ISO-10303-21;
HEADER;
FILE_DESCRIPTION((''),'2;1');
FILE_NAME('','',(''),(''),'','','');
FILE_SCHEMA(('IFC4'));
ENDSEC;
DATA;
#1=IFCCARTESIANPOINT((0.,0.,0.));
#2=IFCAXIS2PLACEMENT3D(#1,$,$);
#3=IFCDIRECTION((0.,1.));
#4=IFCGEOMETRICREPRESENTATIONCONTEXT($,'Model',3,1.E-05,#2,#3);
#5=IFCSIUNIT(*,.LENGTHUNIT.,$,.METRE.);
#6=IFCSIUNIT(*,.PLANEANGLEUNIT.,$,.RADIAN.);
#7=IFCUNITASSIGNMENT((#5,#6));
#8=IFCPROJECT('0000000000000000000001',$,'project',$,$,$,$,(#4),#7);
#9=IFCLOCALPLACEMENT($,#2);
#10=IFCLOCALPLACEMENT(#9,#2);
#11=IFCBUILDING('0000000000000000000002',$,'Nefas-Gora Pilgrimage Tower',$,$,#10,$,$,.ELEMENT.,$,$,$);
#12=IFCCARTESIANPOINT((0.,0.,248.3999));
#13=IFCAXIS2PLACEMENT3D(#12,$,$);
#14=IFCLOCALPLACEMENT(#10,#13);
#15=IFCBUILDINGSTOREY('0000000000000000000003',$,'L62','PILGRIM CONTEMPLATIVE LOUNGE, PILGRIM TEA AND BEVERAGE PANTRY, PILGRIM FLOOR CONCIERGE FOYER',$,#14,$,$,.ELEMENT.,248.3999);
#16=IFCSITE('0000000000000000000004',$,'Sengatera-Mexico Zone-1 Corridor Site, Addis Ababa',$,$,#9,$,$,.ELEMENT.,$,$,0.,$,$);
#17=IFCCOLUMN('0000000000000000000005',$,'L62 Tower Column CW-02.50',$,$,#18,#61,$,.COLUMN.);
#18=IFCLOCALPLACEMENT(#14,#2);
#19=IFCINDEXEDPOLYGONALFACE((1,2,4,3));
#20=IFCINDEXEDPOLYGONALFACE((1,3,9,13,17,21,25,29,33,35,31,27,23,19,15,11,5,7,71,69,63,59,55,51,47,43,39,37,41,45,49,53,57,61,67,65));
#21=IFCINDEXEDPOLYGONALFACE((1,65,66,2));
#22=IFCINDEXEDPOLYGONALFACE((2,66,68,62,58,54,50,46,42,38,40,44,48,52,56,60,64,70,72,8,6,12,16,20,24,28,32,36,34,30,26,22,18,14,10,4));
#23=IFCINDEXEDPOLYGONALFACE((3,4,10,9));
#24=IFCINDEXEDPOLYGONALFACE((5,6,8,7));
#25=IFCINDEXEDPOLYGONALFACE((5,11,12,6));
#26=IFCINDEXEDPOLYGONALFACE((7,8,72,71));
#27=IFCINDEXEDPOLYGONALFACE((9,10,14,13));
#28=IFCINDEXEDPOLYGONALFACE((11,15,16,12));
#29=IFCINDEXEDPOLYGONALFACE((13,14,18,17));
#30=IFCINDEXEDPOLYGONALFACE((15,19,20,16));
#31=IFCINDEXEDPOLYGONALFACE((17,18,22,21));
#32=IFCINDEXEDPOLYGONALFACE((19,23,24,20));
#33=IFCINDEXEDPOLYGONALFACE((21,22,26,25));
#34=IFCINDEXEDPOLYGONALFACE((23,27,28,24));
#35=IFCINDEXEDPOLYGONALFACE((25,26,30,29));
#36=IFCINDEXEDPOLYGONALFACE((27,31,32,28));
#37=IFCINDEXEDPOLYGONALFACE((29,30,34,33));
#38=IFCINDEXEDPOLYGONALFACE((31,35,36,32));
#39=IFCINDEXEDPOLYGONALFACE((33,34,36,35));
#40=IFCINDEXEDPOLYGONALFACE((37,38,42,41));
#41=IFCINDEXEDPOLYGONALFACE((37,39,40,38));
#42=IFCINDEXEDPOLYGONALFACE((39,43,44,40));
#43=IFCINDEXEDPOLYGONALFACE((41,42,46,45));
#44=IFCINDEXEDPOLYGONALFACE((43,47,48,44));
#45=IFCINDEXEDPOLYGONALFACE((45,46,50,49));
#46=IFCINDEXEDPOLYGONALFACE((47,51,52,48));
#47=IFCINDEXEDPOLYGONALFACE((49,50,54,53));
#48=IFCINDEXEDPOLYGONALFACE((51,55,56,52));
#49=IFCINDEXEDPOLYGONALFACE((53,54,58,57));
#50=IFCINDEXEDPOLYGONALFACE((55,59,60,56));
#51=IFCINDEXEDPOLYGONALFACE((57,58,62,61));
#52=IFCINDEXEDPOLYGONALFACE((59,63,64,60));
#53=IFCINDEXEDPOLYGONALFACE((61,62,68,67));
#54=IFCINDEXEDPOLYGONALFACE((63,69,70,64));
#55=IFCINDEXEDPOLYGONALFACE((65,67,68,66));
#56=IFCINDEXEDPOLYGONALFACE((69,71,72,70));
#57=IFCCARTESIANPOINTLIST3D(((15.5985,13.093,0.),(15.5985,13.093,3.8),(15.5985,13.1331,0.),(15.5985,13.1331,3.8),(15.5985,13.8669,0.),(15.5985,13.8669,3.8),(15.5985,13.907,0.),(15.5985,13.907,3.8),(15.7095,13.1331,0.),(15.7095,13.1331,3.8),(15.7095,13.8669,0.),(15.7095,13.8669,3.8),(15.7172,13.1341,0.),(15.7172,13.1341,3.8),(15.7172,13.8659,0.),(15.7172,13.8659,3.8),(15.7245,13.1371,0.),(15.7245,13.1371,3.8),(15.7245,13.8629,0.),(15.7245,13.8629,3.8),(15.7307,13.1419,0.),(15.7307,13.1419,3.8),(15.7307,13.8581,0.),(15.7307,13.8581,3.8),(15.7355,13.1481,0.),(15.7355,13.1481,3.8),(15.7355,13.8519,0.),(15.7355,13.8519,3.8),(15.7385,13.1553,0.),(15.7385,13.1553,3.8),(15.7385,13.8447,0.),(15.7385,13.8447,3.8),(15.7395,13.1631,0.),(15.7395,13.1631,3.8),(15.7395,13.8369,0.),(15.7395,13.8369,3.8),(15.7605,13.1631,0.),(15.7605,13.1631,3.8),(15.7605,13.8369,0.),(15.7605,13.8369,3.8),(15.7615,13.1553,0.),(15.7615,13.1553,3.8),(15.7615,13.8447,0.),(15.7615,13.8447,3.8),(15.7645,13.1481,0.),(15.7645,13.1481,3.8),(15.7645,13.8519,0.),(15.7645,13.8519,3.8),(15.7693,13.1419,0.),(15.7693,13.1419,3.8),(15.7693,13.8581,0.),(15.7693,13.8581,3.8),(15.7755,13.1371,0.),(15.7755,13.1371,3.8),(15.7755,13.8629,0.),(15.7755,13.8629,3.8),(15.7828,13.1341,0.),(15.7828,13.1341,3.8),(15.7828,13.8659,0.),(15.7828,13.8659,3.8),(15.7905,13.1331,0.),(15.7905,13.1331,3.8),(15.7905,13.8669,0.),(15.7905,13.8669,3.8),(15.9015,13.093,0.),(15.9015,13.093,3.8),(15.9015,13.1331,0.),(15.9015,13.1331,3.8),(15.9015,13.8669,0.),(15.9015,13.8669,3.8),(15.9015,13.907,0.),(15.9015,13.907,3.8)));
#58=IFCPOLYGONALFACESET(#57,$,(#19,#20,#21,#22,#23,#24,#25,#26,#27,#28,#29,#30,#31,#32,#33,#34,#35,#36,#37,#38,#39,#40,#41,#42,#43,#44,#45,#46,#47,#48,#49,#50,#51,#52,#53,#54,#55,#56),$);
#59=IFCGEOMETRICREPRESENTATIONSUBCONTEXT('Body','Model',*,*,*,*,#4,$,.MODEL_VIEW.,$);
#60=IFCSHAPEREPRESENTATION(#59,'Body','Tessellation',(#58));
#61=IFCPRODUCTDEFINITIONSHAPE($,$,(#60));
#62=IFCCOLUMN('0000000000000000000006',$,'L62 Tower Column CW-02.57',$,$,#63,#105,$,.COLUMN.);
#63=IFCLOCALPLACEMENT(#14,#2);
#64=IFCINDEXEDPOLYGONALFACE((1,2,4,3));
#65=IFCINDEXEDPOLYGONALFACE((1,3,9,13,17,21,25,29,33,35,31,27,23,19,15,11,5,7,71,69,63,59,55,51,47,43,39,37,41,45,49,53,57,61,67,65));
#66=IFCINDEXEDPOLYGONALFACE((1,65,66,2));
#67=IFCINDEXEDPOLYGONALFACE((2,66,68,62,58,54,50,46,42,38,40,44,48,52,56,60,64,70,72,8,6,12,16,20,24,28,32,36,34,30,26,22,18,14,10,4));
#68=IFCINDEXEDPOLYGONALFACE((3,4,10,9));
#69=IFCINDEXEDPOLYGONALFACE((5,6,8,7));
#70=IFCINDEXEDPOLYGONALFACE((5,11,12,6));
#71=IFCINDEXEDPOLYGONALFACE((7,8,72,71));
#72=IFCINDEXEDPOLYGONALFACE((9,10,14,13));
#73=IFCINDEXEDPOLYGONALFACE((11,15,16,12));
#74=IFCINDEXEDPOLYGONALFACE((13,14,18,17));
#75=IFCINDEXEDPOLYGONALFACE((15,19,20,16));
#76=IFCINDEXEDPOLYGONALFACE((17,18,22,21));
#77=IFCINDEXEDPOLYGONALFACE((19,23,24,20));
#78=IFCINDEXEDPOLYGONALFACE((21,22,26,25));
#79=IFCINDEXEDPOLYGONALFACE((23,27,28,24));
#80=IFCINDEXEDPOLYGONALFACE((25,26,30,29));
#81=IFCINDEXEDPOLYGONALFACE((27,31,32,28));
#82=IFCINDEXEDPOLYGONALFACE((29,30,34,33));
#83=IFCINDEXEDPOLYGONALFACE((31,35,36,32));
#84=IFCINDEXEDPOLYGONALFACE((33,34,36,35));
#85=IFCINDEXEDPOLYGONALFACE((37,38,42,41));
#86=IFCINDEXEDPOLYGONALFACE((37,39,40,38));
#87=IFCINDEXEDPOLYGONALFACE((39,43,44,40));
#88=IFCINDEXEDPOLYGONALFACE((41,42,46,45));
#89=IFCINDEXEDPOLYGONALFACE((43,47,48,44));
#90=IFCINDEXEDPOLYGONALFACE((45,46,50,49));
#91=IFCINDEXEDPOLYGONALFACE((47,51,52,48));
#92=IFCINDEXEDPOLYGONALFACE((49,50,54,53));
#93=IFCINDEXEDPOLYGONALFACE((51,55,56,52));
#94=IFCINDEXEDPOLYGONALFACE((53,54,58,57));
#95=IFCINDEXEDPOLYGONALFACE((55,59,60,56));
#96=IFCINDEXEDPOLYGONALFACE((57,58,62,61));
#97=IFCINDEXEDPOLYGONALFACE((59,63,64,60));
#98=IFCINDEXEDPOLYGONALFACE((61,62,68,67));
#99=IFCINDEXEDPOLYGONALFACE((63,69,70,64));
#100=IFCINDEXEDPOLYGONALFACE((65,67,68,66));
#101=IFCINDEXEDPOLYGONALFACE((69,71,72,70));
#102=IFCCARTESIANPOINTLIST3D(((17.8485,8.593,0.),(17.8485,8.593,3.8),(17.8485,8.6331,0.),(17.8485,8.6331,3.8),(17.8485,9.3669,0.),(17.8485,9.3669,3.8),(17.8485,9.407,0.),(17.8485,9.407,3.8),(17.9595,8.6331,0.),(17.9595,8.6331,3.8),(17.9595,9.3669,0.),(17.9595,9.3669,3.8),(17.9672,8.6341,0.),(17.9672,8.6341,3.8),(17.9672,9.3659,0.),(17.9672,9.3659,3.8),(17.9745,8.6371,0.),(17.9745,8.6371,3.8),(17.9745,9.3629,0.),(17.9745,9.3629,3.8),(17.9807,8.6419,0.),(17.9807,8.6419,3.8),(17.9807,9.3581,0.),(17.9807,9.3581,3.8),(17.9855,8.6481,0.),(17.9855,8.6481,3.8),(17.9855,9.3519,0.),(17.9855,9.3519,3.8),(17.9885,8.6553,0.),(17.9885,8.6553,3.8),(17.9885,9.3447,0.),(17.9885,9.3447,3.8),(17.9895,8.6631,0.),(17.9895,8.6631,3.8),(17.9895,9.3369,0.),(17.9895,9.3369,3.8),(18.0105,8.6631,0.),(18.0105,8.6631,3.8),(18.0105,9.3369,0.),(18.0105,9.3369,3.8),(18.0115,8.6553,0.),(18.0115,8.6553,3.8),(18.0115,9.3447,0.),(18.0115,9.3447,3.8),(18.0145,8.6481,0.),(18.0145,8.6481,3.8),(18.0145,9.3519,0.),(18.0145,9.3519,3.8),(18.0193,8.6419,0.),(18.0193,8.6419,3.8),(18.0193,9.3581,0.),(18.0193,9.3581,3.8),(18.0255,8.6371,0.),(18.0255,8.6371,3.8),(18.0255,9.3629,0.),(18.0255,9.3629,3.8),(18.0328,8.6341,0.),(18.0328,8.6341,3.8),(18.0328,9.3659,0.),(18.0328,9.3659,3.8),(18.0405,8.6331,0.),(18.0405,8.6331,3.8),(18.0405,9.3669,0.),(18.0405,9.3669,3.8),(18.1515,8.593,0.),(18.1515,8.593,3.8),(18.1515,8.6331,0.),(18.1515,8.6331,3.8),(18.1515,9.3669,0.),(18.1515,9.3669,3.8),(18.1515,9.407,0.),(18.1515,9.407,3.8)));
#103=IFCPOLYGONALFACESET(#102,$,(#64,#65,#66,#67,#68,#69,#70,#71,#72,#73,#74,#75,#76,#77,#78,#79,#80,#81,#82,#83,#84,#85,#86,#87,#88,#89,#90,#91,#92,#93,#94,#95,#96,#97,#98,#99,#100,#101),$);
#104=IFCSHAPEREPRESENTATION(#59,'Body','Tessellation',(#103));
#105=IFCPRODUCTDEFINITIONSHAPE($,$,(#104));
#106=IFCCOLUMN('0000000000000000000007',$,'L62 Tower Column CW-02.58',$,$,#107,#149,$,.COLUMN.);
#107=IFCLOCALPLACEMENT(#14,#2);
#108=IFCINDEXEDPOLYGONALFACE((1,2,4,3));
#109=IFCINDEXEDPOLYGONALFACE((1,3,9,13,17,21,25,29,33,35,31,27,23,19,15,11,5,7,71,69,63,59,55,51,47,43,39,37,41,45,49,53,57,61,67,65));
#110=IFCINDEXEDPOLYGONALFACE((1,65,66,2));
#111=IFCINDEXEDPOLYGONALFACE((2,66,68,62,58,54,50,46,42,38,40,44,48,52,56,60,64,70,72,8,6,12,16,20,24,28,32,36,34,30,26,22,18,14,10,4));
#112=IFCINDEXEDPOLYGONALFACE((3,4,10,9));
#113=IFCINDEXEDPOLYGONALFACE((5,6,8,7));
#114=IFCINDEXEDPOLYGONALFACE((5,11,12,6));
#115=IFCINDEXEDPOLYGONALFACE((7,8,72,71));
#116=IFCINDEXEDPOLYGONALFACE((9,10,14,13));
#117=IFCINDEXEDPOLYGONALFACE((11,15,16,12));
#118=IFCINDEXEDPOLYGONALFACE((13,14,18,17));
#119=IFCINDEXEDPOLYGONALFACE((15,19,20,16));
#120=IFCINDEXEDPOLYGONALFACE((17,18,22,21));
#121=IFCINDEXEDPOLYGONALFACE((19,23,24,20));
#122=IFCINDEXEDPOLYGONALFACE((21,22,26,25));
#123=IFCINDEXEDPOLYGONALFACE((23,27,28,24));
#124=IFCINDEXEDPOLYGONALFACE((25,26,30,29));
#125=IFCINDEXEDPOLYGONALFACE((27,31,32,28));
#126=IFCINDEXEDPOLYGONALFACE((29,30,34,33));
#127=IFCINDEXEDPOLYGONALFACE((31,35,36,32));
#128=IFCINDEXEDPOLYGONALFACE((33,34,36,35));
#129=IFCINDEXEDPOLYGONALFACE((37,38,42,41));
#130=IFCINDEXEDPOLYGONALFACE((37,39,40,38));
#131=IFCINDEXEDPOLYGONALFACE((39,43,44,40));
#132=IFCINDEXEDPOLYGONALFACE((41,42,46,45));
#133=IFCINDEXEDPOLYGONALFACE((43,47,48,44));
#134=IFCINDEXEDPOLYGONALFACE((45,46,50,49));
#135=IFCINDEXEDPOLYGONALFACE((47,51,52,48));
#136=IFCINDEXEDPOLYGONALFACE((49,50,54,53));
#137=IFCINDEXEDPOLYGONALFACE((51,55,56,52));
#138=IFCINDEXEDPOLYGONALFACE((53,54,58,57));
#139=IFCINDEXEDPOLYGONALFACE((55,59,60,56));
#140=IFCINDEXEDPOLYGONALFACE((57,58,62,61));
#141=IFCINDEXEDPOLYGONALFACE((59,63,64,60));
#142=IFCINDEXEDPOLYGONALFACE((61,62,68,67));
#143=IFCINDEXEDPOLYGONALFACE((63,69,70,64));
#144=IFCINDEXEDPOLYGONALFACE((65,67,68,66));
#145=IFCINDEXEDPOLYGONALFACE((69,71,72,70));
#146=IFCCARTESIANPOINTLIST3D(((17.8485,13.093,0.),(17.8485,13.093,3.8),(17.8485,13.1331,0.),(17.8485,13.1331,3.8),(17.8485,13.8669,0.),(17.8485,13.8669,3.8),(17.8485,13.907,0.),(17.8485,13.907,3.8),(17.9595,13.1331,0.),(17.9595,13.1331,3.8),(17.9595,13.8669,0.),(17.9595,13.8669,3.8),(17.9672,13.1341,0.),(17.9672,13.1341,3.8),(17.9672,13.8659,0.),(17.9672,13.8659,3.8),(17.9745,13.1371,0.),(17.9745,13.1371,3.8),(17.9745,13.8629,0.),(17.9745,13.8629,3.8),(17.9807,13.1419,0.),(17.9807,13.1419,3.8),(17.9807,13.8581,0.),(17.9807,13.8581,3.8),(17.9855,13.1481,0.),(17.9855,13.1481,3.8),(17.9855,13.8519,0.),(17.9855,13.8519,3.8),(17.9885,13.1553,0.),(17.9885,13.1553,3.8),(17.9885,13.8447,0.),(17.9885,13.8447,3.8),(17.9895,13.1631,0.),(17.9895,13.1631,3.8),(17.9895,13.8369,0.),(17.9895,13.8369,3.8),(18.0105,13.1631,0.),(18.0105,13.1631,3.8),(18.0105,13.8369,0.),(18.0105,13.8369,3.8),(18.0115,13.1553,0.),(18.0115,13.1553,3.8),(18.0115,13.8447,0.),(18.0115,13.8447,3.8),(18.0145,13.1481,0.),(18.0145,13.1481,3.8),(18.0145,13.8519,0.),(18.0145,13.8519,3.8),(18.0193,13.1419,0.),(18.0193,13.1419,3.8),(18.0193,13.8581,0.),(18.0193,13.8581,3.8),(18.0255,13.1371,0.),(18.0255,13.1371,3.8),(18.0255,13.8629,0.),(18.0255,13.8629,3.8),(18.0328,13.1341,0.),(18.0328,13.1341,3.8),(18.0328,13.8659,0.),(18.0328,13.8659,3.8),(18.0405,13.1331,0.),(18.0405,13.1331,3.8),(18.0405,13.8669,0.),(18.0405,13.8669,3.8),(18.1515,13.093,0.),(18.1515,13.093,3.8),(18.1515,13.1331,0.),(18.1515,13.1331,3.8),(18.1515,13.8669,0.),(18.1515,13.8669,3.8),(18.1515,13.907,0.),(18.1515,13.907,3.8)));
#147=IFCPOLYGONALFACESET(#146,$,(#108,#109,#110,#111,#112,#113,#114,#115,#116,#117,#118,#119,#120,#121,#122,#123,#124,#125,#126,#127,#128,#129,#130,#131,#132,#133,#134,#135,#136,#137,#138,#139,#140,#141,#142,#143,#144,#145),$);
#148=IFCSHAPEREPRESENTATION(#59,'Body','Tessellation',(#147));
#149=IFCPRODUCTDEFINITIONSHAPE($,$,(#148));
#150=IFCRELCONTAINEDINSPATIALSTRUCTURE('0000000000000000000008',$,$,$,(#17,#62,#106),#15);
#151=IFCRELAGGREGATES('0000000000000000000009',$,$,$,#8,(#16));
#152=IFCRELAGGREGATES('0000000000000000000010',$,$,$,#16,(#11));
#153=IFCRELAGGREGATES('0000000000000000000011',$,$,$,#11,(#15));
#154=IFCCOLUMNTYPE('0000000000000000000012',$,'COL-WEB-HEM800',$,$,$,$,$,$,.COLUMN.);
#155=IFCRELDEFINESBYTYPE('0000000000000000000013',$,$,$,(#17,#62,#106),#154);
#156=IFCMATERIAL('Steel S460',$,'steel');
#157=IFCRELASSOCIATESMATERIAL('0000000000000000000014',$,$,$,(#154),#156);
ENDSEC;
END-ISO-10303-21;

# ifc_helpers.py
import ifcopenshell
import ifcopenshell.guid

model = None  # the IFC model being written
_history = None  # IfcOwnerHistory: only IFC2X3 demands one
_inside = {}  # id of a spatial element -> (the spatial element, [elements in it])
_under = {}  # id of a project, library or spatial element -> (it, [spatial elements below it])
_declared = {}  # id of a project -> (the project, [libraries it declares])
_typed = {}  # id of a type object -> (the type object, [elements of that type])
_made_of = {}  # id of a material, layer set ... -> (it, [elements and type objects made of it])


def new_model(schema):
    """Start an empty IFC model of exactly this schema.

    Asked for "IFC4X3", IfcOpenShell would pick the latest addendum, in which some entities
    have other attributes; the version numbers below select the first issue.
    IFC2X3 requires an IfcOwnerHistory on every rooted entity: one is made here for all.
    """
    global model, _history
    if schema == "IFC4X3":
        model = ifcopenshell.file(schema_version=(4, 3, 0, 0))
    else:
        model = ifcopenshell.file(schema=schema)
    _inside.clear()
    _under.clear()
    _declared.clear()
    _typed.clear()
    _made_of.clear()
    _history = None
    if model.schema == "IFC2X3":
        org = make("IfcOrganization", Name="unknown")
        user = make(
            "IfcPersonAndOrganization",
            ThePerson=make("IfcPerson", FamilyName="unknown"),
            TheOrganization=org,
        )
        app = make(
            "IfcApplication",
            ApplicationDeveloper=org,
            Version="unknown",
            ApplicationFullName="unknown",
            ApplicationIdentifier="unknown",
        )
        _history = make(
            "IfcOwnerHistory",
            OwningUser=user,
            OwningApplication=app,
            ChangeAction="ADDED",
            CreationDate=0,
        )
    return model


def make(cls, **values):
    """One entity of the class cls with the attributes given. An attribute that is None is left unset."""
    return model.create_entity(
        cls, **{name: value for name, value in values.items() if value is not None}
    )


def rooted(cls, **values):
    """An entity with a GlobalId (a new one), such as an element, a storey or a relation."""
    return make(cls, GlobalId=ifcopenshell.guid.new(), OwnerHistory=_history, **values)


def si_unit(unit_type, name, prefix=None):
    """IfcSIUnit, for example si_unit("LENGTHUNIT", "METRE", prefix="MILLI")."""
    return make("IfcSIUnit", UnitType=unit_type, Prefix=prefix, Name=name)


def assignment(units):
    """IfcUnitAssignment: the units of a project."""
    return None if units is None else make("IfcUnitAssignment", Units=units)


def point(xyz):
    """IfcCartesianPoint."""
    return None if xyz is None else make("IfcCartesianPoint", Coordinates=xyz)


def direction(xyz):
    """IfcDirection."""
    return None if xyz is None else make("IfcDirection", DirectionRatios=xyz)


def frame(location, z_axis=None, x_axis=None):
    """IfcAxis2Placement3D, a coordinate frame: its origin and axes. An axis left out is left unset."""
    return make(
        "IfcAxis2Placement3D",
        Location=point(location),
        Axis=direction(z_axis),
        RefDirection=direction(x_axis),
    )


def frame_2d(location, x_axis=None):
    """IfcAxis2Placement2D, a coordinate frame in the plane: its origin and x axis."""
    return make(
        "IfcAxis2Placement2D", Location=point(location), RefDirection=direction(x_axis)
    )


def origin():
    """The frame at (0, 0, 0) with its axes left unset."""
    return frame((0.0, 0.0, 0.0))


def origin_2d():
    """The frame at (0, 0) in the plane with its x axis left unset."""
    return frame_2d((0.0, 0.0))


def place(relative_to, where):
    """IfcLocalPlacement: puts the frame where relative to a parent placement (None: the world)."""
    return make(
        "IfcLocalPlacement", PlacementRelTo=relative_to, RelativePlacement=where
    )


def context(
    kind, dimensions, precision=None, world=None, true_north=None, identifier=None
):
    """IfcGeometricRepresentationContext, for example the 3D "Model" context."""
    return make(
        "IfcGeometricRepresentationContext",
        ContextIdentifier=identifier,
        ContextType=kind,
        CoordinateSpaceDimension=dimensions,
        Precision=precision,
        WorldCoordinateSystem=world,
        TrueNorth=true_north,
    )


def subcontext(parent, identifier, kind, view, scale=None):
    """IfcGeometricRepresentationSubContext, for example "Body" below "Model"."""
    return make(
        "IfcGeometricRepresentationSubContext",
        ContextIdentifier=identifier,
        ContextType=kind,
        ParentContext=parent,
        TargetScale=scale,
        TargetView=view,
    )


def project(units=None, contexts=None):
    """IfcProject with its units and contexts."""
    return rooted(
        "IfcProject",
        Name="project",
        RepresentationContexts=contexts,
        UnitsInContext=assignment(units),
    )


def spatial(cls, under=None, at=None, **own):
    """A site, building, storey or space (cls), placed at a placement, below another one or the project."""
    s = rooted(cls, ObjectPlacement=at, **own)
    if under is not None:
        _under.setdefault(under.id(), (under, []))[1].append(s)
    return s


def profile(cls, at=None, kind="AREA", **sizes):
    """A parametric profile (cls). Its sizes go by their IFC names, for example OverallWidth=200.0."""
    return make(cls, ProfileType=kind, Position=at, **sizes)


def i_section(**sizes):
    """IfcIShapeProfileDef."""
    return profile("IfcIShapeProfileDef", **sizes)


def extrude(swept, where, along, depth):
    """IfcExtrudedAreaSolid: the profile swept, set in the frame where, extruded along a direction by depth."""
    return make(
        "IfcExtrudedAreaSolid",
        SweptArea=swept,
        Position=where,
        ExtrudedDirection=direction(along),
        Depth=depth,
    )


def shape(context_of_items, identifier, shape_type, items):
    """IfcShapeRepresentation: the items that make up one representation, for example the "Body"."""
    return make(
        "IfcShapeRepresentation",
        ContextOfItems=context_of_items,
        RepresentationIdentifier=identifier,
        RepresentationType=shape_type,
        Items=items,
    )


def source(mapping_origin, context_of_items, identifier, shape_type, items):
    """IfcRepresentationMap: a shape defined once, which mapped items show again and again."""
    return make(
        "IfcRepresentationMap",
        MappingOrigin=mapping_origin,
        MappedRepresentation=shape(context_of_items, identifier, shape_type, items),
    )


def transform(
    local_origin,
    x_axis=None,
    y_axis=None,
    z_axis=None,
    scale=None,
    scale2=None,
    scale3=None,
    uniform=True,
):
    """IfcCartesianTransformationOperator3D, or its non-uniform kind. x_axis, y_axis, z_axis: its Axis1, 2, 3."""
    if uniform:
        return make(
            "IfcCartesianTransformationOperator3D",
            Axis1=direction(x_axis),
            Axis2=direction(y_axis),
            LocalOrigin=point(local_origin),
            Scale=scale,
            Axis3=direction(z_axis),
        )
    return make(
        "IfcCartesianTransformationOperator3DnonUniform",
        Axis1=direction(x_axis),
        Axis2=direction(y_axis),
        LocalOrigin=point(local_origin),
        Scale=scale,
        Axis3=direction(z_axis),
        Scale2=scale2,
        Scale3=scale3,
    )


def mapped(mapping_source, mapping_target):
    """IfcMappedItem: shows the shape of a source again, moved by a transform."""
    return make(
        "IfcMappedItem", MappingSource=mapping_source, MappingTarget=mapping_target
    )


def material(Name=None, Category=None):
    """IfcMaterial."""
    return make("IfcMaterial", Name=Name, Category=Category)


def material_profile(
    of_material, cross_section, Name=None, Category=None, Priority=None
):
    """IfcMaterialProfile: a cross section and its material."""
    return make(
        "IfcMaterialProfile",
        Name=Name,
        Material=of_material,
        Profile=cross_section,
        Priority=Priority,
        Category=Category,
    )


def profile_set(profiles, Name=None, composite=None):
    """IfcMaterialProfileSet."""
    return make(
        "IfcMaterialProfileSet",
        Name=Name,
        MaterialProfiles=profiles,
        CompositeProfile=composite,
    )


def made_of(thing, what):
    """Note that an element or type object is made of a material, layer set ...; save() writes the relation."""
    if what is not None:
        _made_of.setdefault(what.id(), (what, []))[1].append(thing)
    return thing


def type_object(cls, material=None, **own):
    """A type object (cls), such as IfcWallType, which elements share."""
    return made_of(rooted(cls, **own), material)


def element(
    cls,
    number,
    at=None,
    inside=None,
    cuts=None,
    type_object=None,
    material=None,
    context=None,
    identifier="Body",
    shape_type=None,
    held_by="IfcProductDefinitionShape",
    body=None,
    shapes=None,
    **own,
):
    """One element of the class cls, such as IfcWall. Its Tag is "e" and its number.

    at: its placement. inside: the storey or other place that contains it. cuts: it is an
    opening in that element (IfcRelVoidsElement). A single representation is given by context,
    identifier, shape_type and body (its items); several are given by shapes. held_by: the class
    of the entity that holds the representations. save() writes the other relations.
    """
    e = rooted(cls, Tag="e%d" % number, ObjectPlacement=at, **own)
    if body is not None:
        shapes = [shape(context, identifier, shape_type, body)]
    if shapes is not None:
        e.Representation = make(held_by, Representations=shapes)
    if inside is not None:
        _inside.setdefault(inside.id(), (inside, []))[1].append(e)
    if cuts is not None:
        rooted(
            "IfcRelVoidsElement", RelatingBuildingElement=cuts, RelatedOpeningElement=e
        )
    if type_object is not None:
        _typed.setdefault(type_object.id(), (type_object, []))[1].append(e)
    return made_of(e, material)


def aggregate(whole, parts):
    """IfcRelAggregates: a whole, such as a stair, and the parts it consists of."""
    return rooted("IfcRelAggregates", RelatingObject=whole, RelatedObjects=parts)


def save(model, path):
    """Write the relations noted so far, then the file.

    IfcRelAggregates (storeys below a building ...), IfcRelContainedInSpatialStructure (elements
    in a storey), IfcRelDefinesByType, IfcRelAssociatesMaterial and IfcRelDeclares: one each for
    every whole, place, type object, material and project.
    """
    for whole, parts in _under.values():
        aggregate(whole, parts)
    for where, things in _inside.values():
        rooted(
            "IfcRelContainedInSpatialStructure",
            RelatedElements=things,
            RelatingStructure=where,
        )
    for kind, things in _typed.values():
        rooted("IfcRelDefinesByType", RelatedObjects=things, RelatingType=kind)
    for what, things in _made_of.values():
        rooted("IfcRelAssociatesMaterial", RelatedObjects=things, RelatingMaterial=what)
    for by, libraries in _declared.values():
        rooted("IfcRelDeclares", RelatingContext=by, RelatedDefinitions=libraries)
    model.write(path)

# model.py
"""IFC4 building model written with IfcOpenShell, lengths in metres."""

from ifc_helpers import new_model, si_unit, direction, frame, origin, origin_2d, place, context, subcontext, project, spatial, i_section, extrude, source, transform, mapped, material, material_profile, profile_set, type_object, element, save


model = new_model("IFC4")

# Units and contexts
model_context = context("Model", 3, precision=1e-05, world=origin(), true_north=direction((0.0, 1.0)))
body_context = subcontext(model_context, "Body", "Model", "MODEL_VIEW")
ifc_project = project(units=[si_unit("LENGTHUNIT", "METRE"), si_unit("PLANEANGLEUNIT", "RADIAN")], contexts=[model_context])

# Site, building, storey
site_placement = place(None, origin())
site = spatial("IfcSite", under=ifc_project, at=site_placement, Name="Sengatera-Mexico Zone-1 Corridor Site, Addis Ababa", CompositionType="ELEMENT", RefElevation=0.0)
building_placement = place(site_placement, origin())
building = spatial("IfcBuilding", under=site, at=building_placement, Name="Nefas-Gora Pilgrimage Tower", CompositionType="ELEMENT")
storey_placement = place(building_placement, frame((0.0, 0.0, 248.3999)))
storey = spatial("IfcBuildingStorey", under=building, at=storey_placement, Name="L62", Description="PILGRIM CONTEMPLATIVE LOUNGE, PILGRIM TEA AND BEVERAGE PANTRY, PILGRIM FLOOR CONCIERGE FOYER", CompositionType="ELEMENT", Elevation=248.3999)

# Columns
ifc_material_1 = material(Name="Steel S460", Category="steel")
ifc_material_profile_1 = material_profile(ifc_material_1, i_section(OverallWidth=0.303, OverallDepth=0.814, WebThickness=0.021, FlangeThickness=0.04, FilletRadius=0.03, at=origin_2d()), Name="HEM 800")
ifc_profile_set_1 = profile_set([ifc_material_profile_1], Name="Steel S460")
column_type_1 = type_object("IfcColumnType", Name="COL-WEB-HEM800", PredefinedType="COLUMN", material=ifc_profile_set_1)
shared_shape_1 = source(origin(), body_context, "Body", "SweptSolid", [
    extrude(i_section(OverallWidth=0.303, OverallDepth=0.814, WebThickness=0.021, FlangeThickness=0.04, FilletRadius=0.03, at=origin_2d()), origin(), (0.0, 0.0, 1.0), 3.8),
])
for number, where, z_axis, x_axis, name in (
    (1, (15.75, 13.5, 0.0), (0.0, 0.0, 1.0), (1.0, 0.0, 0.0), "L62 Tower Column CW-02.50"),
    (2, (18.0, 9.0, 0.0), (0.0, 0.0, 1.0), (1.0, 0.0, 0.0), "L62 Tower Column CW-02.57"),
    (3, (18.0, 13.5, 0.0), (0.0, 0.0, 1.0), (1.0, 0.0, 0.0), "L62 Tower Column CW-02.58"),
):
    element("IfcColumn", number, at=place(storey_placement, frame(where, z_axis=z_axis, x_axis=x_axis)), inside=storey, type_object=column_type_1, Name=name, PredefinedType="COLUMN", context=body_context, shape_type="MappedRepresentation", body=[
        mapped(shared_shape_1, transform((0.0, 0.0, 0.0), x_axis=(1.0, 0.0, 0.0), y_axis=(0.0, 1.0, 0.0), z_axis=(0.0, 0.0, 1.0), scale=1.0)),
    ])

save(model, "model.ifc")
